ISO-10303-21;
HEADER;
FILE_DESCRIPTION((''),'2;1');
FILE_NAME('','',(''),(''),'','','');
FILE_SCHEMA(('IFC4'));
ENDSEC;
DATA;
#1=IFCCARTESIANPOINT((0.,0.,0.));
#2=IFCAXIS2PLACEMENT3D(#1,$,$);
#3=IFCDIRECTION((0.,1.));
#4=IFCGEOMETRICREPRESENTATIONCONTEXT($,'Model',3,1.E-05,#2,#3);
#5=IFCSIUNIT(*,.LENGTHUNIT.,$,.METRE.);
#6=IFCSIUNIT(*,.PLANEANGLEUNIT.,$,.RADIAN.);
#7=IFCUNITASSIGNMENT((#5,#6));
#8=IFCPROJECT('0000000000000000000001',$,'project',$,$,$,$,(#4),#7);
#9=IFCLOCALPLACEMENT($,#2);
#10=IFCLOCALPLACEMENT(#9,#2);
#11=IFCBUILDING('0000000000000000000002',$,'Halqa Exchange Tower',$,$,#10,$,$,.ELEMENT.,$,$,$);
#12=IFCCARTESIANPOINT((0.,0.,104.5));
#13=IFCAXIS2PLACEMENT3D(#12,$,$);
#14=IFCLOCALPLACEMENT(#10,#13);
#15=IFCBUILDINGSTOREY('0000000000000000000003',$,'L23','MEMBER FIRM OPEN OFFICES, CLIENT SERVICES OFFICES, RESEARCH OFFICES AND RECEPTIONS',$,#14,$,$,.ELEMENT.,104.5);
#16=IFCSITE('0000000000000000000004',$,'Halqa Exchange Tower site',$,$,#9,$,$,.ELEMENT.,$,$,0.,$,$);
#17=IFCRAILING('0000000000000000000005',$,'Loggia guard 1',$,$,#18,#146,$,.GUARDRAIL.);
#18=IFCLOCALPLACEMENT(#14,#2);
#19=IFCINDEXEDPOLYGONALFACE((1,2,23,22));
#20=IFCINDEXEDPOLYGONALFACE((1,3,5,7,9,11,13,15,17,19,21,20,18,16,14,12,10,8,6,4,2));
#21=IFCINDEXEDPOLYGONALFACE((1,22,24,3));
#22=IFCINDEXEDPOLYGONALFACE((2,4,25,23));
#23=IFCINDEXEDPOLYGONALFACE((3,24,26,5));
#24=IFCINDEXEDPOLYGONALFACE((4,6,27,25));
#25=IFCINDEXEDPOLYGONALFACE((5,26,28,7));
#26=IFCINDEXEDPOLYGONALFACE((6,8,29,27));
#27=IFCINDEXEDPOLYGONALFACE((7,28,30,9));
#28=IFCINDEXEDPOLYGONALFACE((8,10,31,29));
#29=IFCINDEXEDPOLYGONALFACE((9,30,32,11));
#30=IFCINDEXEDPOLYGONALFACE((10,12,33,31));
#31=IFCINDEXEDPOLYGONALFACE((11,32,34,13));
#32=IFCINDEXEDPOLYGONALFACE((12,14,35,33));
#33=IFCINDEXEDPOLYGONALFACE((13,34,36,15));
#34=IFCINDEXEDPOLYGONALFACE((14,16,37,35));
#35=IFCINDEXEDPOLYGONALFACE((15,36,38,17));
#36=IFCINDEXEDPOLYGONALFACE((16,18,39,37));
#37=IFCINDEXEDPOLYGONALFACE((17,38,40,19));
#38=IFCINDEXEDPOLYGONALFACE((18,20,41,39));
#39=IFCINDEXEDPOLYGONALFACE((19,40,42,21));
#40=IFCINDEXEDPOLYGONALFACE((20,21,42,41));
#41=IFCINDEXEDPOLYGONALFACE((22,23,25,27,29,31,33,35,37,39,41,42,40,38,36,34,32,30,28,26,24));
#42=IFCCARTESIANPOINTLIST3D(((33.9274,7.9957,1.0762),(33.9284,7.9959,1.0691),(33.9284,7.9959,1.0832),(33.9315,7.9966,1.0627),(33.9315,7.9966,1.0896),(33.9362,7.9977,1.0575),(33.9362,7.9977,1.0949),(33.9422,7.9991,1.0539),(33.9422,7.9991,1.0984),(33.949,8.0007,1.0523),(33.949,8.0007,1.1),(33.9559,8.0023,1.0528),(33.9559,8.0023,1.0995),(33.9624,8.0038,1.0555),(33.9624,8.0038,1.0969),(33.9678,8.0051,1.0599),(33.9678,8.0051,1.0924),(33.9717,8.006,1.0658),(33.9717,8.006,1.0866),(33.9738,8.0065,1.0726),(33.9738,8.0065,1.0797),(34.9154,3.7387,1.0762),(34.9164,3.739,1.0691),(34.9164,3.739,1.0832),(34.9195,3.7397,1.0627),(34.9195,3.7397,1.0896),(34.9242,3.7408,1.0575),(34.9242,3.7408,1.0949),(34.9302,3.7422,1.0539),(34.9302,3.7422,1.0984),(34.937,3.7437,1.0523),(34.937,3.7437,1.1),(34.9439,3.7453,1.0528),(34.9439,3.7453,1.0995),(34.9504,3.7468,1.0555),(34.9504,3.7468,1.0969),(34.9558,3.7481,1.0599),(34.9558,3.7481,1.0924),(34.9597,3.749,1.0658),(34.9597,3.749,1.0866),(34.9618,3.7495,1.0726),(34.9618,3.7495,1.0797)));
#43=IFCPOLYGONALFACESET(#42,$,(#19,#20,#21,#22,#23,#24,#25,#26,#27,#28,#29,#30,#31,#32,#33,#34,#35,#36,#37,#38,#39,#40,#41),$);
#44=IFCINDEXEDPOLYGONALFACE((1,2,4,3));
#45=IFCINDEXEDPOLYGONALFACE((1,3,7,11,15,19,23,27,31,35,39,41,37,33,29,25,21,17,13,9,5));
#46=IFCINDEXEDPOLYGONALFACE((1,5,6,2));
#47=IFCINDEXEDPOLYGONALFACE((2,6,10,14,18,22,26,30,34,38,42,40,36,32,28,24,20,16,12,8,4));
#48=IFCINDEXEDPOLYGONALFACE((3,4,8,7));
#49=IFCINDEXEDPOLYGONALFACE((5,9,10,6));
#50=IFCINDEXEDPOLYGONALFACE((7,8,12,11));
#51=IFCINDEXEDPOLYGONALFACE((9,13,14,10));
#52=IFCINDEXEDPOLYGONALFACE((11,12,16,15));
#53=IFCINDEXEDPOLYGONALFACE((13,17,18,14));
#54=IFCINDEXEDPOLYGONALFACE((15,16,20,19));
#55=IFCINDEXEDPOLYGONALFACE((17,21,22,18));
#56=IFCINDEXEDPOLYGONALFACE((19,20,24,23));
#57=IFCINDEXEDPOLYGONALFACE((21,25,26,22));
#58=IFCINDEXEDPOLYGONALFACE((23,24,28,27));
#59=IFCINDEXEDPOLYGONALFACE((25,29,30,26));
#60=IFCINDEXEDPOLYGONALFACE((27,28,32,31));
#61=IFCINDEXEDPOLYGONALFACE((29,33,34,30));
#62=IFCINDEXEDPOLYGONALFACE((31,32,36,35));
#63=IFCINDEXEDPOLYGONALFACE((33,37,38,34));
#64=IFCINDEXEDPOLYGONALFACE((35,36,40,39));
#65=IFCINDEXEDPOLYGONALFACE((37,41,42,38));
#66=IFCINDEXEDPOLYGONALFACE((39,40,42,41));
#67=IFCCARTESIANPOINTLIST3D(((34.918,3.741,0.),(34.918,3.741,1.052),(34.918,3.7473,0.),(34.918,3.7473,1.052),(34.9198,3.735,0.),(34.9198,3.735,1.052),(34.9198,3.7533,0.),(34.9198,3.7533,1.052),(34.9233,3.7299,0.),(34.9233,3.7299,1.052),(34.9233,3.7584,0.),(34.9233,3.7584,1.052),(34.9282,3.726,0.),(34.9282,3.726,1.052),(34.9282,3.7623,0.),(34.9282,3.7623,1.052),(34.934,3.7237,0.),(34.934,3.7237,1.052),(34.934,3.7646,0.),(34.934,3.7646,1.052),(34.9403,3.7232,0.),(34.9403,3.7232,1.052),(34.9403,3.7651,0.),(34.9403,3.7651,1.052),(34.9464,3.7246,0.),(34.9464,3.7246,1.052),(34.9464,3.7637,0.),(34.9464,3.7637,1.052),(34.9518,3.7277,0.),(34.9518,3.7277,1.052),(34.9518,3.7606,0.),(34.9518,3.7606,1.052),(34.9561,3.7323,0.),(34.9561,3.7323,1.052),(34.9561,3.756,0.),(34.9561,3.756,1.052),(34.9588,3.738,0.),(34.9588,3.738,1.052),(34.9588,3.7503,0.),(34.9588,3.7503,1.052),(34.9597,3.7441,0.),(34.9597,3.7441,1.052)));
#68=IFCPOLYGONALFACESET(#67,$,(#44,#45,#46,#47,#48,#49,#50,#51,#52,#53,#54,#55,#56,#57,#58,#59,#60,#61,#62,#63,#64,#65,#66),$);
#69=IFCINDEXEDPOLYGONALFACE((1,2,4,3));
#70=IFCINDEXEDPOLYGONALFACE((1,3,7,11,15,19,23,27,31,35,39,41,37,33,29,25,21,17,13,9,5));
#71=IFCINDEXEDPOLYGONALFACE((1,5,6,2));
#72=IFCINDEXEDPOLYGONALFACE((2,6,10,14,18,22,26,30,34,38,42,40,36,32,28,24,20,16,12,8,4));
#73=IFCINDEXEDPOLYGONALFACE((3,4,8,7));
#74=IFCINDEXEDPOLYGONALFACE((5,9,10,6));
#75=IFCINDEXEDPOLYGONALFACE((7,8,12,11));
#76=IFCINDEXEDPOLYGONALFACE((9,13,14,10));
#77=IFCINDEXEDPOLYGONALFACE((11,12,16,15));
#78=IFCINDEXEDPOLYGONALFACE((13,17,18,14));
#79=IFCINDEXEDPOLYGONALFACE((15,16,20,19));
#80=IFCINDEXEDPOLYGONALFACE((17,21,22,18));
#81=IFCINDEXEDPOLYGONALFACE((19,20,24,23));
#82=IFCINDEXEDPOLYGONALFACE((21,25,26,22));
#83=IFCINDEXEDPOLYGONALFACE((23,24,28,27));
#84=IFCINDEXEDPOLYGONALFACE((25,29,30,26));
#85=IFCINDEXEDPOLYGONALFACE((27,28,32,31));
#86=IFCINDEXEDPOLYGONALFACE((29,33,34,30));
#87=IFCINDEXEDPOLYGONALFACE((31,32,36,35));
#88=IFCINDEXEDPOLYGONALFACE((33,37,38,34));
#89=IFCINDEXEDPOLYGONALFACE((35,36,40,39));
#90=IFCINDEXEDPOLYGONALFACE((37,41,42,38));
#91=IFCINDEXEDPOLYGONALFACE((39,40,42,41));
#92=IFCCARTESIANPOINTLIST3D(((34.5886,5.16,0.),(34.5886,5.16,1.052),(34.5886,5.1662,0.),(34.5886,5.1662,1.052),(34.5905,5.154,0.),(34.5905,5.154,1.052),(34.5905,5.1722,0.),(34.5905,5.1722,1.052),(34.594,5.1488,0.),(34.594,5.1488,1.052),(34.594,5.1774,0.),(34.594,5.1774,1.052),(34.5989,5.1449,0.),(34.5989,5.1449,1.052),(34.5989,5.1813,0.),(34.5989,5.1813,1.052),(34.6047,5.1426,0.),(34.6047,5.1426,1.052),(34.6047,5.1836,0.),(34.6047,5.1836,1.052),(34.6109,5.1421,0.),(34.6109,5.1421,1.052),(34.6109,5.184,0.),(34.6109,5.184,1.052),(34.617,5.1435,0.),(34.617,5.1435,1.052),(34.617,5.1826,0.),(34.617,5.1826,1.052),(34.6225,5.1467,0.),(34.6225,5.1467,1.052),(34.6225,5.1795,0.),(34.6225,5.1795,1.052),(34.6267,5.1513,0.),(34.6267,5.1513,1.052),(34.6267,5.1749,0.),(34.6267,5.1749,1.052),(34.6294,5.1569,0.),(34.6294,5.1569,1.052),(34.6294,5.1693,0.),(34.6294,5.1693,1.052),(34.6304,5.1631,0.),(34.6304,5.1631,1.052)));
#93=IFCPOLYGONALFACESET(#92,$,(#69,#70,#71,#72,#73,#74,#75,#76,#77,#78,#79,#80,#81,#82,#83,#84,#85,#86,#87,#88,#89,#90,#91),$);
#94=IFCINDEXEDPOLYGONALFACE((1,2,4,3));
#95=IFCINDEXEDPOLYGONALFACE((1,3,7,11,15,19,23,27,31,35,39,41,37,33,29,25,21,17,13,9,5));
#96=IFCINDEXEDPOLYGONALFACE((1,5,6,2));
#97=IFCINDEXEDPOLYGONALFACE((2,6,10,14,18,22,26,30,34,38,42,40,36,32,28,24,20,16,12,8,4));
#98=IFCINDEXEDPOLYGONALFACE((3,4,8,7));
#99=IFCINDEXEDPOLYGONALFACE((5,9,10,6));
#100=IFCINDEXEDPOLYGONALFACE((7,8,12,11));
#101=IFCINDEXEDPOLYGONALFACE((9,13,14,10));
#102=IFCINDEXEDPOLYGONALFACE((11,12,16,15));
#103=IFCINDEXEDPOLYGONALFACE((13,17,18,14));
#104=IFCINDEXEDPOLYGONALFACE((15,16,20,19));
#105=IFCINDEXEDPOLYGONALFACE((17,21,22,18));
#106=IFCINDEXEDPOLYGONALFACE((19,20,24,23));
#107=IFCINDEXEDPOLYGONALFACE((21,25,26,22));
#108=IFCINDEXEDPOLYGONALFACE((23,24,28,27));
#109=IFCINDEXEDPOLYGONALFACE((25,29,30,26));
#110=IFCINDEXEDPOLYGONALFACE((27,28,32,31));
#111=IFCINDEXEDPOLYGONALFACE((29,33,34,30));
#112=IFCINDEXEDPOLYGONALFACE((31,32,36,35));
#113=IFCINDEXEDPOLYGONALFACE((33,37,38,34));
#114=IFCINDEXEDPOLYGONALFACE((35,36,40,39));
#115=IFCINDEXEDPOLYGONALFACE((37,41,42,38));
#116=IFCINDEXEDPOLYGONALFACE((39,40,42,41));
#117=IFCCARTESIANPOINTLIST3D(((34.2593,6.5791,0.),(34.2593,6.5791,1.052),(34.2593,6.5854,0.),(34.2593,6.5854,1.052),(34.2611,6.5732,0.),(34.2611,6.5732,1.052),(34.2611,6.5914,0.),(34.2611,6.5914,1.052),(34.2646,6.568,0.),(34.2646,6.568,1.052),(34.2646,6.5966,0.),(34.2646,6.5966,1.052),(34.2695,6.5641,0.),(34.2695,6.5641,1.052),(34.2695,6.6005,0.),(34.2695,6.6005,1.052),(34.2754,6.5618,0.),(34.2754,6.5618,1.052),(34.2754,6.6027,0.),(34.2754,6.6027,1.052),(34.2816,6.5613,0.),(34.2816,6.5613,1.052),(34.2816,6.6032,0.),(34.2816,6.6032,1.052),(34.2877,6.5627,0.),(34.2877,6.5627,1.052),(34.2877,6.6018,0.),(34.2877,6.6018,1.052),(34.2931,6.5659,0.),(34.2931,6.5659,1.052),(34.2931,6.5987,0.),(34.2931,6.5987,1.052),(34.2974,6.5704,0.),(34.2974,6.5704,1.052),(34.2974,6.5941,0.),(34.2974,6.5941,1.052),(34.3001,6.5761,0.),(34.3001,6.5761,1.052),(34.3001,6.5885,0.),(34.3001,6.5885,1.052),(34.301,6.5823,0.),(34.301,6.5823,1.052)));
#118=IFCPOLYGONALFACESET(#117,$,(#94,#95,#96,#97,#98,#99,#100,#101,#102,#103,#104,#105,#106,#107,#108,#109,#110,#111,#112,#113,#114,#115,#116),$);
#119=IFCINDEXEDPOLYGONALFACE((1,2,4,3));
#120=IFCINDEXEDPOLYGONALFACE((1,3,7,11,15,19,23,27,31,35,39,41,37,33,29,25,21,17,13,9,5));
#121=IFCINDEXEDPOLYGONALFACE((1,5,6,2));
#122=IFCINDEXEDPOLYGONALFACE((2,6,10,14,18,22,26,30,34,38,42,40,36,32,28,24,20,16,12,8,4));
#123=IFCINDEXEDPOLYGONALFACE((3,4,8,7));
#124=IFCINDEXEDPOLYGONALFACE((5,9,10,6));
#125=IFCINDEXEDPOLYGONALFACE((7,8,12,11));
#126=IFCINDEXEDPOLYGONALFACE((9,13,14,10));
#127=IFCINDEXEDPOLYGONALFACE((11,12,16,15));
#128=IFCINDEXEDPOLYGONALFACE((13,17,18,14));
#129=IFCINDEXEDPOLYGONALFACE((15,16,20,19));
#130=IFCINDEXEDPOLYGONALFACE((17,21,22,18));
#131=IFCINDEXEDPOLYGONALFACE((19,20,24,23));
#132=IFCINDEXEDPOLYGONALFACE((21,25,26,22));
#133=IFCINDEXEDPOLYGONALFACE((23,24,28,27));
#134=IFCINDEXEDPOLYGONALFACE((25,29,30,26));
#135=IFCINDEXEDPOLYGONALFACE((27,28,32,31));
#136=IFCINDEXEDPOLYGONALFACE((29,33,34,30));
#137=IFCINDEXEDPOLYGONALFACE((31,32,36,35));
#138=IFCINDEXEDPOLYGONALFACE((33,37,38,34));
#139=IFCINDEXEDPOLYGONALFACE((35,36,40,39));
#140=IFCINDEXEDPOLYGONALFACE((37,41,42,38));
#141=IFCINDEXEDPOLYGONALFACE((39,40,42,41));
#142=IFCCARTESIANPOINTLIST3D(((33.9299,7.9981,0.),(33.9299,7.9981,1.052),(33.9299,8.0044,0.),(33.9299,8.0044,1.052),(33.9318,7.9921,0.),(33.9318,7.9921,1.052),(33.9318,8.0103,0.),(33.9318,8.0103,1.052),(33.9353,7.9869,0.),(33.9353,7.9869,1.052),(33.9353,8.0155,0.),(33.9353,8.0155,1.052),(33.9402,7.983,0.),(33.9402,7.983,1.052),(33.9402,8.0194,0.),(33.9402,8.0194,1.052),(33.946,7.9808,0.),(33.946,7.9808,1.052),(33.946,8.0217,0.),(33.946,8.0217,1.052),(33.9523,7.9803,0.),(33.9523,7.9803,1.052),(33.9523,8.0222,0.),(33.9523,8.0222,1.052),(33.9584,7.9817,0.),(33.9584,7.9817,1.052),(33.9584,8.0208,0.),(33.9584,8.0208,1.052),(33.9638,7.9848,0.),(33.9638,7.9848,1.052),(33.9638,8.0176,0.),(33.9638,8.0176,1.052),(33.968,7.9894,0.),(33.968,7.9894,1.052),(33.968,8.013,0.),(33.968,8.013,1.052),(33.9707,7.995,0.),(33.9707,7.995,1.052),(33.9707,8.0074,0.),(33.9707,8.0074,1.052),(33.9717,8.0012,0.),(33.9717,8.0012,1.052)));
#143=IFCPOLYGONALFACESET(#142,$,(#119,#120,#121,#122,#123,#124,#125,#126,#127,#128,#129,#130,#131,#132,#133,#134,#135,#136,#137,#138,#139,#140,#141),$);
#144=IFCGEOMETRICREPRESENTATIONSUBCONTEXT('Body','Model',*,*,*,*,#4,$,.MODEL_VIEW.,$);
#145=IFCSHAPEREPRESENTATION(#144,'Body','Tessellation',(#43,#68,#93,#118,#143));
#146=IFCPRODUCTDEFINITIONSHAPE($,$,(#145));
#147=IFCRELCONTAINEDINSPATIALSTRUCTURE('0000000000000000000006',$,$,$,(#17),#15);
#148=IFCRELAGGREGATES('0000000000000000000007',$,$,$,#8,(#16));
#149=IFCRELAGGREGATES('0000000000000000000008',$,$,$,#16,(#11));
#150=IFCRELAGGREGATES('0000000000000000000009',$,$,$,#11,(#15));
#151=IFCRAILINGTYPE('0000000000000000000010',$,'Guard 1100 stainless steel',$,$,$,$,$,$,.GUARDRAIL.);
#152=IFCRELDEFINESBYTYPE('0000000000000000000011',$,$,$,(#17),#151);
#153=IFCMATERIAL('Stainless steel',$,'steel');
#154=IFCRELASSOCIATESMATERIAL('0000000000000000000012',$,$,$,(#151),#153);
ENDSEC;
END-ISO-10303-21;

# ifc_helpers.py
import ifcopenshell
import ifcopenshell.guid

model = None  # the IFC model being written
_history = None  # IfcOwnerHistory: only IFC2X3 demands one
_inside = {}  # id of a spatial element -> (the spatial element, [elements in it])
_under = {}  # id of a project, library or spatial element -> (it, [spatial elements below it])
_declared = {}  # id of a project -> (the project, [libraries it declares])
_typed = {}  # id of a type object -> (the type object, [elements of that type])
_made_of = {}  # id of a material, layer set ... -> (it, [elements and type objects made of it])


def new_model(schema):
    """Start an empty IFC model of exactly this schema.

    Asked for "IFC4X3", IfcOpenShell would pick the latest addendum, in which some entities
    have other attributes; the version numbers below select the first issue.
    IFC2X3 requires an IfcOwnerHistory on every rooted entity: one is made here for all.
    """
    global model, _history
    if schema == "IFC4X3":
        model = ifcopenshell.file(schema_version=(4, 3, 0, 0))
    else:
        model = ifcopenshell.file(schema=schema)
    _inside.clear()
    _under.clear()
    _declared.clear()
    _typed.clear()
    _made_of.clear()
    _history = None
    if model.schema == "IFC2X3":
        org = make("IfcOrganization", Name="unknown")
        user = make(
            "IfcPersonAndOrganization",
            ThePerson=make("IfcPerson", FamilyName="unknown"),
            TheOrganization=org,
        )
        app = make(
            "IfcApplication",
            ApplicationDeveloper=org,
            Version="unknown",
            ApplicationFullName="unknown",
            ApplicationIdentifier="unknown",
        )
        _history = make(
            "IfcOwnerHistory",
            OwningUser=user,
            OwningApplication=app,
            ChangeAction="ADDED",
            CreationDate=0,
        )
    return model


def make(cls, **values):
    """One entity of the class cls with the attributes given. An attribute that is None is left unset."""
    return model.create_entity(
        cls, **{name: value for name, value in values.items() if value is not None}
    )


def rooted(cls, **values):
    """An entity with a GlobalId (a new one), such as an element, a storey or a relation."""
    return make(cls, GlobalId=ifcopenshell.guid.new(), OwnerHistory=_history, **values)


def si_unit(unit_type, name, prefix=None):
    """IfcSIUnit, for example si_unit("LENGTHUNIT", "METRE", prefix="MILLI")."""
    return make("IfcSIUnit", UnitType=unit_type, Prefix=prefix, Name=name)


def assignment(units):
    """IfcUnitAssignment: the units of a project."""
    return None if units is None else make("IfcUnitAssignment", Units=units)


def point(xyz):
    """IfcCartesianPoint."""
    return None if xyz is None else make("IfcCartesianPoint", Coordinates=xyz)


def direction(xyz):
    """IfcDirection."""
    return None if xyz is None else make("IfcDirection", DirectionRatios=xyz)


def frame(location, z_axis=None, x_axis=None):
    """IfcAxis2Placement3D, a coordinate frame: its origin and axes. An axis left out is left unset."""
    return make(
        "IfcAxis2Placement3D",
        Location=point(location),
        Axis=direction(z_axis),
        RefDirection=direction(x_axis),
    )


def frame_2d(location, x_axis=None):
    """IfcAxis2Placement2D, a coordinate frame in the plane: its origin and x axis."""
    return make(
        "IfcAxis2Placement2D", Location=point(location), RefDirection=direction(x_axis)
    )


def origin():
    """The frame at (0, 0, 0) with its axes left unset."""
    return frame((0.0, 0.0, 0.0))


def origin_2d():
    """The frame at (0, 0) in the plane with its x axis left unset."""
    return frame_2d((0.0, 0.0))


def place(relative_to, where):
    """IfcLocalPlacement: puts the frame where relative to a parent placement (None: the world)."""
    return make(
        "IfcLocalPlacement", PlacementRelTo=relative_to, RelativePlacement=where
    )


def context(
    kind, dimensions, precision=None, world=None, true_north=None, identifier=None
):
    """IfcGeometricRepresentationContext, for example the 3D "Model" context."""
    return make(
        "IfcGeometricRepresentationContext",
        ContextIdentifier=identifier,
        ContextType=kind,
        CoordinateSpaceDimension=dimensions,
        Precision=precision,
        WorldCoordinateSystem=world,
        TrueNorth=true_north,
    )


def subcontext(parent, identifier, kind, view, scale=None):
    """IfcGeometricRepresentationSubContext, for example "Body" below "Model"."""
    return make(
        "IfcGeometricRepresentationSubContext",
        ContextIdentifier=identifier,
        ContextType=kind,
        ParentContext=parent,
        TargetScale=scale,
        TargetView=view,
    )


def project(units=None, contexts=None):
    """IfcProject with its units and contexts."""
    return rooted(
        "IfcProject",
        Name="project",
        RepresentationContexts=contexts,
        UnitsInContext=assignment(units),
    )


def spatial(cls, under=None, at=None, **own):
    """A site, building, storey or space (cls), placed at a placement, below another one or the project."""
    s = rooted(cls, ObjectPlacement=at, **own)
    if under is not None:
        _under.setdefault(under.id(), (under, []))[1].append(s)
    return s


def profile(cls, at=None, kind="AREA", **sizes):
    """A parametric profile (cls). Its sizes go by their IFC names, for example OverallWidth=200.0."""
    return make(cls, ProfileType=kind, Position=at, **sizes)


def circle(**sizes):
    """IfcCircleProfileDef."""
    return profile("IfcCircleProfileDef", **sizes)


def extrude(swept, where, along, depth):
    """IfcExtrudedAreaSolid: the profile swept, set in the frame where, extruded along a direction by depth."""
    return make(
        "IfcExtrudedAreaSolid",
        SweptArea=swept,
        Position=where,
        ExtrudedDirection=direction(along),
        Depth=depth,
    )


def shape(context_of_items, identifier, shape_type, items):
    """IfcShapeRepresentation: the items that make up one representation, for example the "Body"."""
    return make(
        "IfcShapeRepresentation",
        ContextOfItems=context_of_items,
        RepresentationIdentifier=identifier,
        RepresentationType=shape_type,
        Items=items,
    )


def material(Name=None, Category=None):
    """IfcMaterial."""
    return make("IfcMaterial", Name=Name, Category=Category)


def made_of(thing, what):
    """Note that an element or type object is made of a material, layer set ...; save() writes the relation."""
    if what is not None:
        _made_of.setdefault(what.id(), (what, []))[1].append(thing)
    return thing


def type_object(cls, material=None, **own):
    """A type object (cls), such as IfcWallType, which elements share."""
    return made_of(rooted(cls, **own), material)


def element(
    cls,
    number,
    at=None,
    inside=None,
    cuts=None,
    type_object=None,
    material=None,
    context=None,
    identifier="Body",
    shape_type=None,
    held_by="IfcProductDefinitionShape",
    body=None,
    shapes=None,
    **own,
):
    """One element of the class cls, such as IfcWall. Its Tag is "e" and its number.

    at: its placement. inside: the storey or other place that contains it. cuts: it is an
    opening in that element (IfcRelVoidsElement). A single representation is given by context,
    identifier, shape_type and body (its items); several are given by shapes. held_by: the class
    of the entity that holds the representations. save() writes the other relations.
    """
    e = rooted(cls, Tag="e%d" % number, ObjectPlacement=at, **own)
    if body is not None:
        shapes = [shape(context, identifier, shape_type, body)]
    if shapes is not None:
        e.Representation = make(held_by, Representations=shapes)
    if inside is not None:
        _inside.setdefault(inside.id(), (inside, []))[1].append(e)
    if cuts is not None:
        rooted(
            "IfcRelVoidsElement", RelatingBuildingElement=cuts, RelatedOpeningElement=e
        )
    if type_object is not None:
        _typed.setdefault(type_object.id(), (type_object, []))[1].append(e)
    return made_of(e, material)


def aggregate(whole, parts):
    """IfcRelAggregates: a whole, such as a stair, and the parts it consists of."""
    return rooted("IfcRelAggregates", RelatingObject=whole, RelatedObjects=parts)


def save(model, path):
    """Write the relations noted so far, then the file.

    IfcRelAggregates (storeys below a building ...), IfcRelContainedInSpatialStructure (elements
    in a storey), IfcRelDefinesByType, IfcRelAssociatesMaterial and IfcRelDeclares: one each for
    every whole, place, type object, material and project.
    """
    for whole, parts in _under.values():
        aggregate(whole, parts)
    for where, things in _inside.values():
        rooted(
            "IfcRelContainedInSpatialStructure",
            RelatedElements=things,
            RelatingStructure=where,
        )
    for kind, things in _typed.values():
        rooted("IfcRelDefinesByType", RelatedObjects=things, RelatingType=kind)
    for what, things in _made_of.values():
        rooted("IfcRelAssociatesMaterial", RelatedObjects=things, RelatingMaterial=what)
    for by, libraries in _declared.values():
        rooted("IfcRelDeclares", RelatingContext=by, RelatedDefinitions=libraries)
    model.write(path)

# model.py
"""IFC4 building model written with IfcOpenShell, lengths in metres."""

from ifc_helpers import new_model, si_unit, direction, frame, origin, origin_2d, place, context, subcontext, project, spatial, circle, extrude, material, type_object, element, save


model = new_model("IFC4")

# Units and contexts
model_context = context("Model", 3, precision=1e-05, world=origin(), true_north=direction((0.0, 1.0)))
body_context = subcontext(model_context, "Body", "Model", "MODEL_VIEW")
ifc_project = project(units=[si_unit("LENGTHUNIT", "METRE"), si_unit("PLANEANGLEUNIT", "RADIAN")], contexts=[model_context])

# Site, building, storey
site_placement = place(None, origin())
site = spatial("IfcSite", under=ifc_project, at=site_placement, Name="Halqa Exchange Tower site", CompositionType="ELEMENT", RefElevation=0.0)
building_placement = place(site_placement, origin())
building = spatial("IfcBuilding", under=site, at=building_placement, Name="Halqa Exchange Tower", CompositionType="ELEMENT")
storey_placement = place(building_placement, frame((0.0, 0.0, 104.5)))
storey = spatial("IfcBuildingStorey", under=building, at=storey_placement, Name="L23", Description="MEMBER FIRM OPEN OFFICES, CLIENT SERVICES OFFICES, RESEARCH OFFICES AND RECEPTIONS", CompositionType="ELEMENT", Elevation=104.5)

# Railing
ifc_material_1 = material(Name="Stainless steel", Category="steel")
railing_type = type_object("IfcRailingType", Name="Guard 1100 stainless steel", PredefinedType="GUARDRAIL", material=ifc_material_1)
railing_1_placement = place(storey_placement, frame((34.9387, 3.7441, 0.0)))
element("IfcRailing", 1, at=railing_1_placement, inside=storey, type_object=railing_type, Name="Loggia guard 1", PredefinedType="GUARDRAIL", context=body_context, shape_type="SweptSolid", body=[
    extrude(circle(Radius=0.0239, at=origin_2d()), frame((0.0, 0.0, 1.0762), z_axis=(-0.226083, 0.974108, 0.0), x_axis=(-0.974108, -0.226083, 0.0)), (0.0, 0.0, 1.0), 4.3701),
    extrude(circle(Radius=0.021, at=origin_2d()), origin(), (0.0, 0.0, 1.0), 1.052),
    extrude(circle(Radius=0.021, at=origin_2d()), frame((-0.3293, 1.4189, 0.0)), (0.0, 0.0, 1.0), 1.052),
    extrude(circle(Radius=0.021, at=origin_2d()), frame((-0.6587, 2.8381, 0.0)), (0.0, 0.0, 1.0), 1.052),
    extrude(circle(Radius=0.021, at=origin_2d()), frame((-0.988, 4.2571, 0.0)), (0.0, 0.0, 1.0), 1.052),
])

save(model, "model.ifc")
